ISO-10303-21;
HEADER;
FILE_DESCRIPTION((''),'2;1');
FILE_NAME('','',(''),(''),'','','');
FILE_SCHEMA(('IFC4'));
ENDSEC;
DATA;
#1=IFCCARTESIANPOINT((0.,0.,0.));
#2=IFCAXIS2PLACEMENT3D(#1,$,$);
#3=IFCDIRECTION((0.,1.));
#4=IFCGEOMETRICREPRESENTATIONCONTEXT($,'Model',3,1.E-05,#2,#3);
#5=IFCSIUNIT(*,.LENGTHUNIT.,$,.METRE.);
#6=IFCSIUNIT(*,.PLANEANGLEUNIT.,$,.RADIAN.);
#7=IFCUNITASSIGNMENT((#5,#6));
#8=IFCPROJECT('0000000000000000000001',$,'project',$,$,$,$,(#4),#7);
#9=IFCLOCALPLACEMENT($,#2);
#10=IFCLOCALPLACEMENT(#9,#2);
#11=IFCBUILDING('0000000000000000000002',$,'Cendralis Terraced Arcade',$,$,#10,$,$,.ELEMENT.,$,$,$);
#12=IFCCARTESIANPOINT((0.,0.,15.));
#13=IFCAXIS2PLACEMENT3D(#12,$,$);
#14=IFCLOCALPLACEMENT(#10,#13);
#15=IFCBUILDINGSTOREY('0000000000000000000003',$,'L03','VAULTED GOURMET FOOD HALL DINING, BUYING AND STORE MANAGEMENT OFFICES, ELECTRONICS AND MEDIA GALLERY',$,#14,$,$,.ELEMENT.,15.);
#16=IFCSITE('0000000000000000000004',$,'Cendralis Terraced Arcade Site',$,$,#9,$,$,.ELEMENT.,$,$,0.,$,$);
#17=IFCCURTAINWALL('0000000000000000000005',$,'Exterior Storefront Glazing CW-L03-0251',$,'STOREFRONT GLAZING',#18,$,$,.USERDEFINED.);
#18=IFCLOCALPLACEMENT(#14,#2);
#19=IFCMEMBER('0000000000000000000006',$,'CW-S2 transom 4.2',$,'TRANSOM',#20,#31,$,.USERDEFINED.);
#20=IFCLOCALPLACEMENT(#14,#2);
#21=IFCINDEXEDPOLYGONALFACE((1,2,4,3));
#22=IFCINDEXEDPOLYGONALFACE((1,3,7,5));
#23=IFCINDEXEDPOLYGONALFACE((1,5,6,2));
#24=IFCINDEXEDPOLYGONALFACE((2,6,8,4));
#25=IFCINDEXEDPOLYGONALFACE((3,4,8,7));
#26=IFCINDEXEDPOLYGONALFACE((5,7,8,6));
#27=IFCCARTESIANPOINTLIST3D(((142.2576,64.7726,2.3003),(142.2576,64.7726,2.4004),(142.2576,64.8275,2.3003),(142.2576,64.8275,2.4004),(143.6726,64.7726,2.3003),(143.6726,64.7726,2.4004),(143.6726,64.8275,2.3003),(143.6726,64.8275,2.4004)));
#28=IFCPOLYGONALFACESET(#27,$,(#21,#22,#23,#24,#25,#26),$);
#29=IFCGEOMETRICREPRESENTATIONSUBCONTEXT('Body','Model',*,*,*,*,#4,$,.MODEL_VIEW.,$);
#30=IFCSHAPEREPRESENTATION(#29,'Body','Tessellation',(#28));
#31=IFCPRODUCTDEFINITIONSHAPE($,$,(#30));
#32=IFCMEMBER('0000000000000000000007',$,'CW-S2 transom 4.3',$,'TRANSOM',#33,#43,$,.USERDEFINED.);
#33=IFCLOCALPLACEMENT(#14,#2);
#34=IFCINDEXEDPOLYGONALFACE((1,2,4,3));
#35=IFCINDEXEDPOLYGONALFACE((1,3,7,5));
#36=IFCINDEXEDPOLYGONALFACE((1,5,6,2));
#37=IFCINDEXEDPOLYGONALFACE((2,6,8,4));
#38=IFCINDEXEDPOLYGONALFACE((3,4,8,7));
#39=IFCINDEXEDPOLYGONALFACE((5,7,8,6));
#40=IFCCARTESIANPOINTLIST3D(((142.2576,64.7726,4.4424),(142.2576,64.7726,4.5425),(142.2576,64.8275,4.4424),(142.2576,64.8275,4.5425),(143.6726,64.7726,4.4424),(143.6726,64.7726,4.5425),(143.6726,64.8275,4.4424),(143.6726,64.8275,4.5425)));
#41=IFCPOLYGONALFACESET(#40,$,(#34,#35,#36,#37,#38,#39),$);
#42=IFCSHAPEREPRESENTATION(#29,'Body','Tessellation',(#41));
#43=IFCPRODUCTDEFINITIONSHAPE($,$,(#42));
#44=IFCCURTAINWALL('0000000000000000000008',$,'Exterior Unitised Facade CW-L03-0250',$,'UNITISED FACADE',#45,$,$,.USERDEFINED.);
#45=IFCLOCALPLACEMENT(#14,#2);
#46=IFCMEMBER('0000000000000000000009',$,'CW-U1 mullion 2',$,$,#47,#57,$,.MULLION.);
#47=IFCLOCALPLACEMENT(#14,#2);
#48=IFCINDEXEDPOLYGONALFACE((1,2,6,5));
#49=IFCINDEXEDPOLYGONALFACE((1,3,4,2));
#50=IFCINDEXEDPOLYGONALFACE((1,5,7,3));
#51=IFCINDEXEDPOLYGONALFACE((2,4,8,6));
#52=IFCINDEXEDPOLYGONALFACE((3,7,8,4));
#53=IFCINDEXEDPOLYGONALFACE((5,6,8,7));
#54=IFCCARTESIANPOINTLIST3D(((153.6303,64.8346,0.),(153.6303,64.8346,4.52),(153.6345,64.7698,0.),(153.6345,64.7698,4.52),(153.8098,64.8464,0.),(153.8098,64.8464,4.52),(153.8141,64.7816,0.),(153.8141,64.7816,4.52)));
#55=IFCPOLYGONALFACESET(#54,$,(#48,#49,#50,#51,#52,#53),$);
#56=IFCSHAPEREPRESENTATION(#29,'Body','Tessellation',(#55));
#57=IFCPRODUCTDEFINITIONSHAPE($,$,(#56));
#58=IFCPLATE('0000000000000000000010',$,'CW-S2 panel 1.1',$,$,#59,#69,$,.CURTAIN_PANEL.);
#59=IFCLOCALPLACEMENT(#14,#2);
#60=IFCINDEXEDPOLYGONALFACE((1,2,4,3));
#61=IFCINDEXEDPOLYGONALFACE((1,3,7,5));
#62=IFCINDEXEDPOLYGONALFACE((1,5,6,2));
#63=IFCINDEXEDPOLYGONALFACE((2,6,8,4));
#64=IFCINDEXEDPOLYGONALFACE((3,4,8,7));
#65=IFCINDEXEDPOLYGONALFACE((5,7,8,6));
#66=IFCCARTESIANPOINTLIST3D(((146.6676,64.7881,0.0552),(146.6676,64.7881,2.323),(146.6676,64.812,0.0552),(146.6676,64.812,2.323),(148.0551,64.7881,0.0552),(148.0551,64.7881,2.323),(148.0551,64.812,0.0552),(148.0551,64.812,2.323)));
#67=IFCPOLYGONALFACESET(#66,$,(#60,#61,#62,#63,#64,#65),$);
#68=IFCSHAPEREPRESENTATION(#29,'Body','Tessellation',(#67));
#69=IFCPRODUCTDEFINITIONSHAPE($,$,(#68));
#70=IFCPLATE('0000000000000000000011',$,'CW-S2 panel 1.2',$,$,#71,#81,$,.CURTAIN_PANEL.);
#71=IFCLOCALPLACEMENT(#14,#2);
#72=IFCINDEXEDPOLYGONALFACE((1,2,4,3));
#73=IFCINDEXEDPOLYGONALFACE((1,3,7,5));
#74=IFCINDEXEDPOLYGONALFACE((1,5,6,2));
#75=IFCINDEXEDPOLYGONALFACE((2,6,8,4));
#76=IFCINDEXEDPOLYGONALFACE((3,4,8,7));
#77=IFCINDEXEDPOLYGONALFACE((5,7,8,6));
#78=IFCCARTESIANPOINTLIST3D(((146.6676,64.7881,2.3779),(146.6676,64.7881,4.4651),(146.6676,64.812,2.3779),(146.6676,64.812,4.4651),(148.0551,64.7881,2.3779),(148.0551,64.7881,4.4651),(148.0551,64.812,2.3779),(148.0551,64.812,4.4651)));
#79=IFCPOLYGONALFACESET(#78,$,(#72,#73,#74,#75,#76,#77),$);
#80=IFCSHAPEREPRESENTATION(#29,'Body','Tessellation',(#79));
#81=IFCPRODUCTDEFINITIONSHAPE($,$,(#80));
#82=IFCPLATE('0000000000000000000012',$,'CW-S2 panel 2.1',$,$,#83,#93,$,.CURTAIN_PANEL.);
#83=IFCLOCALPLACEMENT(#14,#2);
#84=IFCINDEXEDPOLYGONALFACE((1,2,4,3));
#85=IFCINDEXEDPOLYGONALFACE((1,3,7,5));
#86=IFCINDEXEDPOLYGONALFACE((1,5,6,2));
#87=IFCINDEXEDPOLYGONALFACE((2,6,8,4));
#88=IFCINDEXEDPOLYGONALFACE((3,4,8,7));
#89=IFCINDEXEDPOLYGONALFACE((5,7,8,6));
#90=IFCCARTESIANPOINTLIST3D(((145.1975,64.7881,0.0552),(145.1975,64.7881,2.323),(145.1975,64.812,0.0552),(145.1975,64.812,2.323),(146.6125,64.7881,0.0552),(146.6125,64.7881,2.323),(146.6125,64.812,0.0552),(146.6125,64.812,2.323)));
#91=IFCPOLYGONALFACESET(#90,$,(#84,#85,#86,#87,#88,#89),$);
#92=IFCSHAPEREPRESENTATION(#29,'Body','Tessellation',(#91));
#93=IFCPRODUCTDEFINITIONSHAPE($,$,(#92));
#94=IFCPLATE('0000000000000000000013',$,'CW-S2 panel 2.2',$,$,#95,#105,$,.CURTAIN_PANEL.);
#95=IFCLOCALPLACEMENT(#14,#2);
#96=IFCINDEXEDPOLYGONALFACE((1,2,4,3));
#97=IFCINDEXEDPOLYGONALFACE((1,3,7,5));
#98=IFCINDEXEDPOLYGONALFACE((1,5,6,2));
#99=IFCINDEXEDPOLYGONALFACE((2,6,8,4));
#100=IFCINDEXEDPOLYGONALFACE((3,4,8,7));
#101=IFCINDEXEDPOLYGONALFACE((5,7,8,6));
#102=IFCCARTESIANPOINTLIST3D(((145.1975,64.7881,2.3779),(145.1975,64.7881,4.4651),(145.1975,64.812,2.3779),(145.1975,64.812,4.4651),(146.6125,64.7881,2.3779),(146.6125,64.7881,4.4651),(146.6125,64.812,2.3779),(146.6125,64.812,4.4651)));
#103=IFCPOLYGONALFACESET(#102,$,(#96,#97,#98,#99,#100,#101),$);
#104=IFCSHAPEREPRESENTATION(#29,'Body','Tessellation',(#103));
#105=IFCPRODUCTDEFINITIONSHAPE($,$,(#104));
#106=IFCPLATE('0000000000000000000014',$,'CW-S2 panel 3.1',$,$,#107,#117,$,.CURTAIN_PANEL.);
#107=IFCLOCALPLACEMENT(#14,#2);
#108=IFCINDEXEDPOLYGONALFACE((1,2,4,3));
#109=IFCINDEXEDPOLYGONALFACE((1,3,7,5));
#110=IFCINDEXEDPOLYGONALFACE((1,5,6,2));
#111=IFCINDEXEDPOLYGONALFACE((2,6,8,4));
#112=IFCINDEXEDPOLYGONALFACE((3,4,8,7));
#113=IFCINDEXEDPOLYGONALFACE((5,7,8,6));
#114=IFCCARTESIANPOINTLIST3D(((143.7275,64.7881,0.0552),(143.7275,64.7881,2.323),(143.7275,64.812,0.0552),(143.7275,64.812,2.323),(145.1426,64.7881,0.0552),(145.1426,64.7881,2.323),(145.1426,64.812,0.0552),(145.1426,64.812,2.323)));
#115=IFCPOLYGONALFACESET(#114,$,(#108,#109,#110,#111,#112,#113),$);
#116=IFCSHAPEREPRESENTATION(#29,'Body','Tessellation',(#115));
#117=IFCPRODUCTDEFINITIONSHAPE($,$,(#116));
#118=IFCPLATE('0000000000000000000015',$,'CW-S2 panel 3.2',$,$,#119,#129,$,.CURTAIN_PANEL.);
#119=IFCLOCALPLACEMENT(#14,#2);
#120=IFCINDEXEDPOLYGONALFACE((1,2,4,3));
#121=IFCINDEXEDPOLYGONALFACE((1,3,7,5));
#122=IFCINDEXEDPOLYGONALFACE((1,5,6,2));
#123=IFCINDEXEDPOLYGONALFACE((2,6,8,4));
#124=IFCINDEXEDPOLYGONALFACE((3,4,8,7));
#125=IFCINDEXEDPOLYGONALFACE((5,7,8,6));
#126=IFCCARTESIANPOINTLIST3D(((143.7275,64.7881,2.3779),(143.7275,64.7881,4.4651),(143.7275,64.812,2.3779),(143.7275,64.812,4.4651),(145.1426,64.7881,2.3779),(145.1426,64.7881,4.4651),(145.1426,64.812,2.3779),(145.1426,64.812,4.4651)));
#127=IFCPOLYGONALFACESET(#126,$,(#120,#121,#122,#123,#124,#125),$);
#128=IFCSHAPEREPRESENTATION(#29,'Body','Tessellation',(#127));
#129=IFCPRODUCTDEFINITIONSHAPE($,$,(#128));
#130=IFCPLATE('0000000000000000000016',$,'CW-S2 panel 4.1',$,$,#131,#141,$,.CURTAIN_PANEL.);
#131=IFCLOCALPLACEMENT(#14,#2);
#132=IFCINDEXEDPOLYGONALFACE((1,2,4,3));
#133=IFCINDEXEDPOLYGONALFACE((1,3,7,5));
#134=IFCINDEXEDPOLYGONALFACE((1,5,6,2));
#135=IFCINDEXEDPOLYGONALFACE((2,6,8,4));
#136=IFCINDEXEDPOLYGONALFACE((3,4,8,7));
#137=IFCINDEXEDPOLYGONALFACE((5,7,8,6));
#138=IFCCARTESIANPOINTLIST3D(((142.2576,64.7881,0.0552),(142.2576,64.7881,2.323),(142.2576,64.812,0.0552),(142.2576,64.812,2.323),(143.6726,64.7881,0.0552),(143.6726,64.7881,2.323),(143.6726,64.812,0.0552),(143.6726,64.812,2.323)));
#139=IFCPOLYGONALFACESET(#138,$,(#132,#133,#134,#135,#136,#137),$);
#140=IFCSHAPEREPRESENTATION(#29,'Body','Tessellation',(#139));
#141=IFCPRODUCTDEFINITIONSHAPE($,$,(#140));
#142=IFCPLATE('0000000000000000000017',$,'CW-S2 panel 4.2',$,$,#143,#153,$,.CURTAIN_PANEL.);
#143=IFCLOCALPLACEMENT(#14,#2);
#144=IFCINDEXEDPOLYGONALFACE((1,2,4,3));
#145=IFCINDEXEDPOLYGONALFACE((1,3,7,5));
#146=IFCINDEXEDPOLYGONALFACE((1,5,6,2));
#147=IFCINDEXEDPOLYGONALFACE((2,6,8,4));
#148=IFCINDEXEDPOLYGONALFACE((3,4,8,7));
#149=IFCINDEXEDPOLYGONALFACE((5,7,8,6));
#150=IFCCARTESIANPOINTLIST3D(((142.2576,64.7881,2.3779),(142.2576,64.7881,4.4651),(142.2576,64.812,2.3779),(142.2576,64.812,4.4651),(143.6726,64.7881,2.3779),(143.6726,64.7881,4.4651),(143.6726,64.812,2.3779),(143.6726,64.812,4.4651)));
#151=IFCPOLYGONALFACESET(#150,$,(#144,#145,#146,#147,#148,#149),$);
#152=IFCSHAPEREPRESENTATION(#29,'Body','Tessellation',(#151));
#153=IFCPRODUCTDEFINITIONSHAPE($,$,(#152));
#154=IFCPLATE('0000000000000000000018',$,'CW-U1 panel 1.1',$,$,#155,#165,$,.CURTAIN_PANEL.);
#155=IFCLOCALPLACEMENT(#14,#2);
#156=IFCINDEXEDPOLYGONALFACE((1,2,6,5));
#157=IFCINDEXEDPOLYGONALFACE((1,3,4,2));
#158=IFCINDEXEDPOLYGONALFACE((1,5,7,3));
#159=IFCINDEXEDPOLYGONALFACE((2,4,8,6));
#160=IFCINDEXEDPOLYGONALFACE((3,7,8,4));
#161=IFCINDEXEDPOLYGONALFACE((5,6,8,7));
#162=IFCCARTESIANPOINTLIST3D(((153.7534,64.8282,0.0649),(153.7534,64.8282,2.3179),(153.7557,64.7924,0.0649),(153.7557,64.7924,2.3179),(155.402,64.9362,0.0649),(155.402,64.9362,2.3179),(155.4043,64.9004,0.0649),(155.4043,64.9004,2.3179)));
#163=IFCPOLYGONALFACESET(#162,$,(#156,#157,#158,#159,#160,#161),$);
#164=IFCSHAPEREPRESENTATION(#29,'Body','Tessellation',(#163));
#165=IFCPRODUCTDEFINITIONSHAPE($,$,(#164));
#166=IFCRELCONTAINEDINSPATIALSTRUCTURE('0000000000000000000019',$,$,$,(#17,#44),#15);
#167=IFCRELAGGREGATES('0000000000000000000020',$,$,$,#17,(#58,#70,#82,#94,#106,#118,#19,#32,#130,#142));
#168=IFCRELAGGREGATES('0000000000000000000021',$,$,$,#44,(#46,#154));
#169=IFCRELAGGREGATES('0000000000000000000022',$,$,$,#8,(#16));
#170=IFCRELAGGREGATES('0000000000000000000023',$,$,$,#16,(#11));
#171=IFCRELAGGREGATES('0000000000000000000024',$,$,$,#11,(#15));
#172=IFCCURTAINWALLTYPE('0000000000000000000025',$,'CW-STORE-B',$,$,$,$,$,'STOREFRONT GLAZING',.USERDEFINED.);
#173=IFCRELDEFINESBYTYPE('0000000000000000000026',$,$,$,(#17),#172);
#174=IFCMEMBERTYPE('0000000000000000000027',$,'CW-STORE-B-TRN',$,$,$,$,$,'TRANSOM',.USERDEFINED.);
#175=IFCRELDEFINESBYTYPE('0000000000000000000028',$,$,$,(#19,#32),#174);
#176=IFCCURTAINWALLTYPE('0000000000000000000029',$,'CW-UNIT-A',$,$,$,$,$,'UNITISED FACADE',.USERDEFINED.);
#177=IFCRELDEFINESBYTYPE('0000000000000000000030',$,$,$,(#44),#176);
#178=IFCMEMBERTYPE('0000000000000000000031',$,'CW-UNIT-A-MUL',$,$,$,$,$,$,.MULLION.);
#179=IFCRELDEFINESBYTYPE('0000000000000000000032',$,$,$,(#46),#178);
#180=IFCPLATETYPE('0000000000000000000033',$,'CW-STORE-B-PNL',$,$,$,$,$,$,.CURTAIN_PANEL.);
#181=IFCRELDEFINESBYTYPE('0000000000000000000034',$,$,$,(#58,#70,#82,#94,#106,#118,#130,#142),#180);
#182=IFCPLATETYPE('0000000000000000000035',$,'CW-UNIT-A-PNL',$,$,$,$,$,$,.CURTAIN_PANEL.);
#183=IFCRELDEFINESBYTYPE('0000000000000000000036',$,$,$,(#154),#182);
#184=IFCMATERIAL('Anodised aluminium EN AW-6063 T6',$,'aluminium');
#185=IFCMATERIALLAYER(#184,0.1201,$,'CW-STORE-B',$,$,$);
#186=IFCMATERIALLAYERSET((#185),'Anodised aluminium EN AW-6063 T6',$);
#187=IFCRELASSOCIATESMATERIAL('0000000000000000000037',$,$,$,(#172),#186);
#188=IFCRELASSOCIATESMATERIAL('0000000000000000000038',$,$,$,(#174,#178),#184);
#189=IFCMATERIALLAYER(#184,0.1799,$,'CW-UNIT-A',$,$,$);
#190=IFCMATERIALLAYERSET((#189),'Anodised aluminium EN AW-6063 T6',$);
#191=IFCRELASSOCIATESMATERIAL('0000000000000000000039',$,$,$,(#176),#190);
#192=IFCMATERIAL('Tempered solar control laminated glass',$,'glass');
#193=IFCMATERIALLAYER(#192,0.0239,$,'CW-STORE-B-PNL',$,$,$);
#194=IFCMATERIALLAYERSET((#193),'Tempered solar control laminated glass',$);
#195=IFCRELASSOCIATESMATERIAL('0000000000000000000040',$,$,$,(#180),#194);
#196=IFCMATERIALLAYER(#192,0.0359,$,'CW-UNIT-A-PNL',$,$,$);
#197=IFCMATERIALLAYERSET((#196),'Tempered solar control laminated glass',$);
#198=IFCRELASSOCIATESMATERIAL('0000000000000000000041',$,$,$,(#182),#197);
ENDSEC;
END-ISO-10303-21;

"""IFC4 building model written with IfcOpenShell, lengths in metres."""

from ifc_helpers import new_model, si_unit, direction, frame, origin, origin_2d, place, context, subcontext, project, spatial, rectangle, extrude, material, layer, layer_set, material_profile, profile_set, type_object, element, aggregate, save


model = new_model("IFC4")

# Units and contexts
model_context = context("Model", 3, precision=1e-05, world=origin(), true_north=direction((0.0, 1.0)))
body_context = subcontext(model_context, "Body", "Model", "MODEL_VIEW")
ifc_project = project(units=[si_unit("LENGTHUNIT", "METRE"), si_unit("PLANEANGLEUNIT", "RADIAN")], contexts=[model_context])

# Site, building, storey
site_placement = place(None, origin())
site = spatial("IfcSite", under=ifc_project, at=site_placement, Name="Cendralis Terraced Arcade Site", CompositionType="ELEMENT", RefElevation=0.0)
building_placement = place(site_placement, origin())
building = spatial("IfcBuilding", under=site, at=building_placement, Name="Cendralis Terraced Arcade", CompositionType="ELEMENT")
storey_placement = place(building_placement, frame((0.0, 0.0, 15.0)))
storey = spatial("IfcBuildingStorey", under=building, at=storey_placement, Name="L03", Description="VAULTED GOURMET FOOD HALL DINING, BUYING AND STORE MANAGEMENT OFFICES, ELECTRONICS AND MEDIA GALLERY", CompositionType="ELEMENT", Elevation=15.0)

# Curtain wall, members
ifc_material_1 = material(Name="Anodised aluminium EN AW-6063 T6", Category="aluminium")
ifc_layer_1 = layer(ifc_material_1, 0.1201, Name="CW-STORE-B")
ifc_layer_set_1 = layer_set([ifc_layer_1], Name="Anodised aluminium EN AW-6063 T6")
curtain_wall_type_1 = type_object("IfcCurtainWallType", Name="CW-STORE-B", ElementType="STOREFRONT GLAZING", PredefinedType="USERDEFINED", material=ifc_layer_set_1)
curtain_wall_1_placement = place(storey_placement, origin())
curtain_wall_1 = element("IfcCurtainWall", 1, at=curtain_wall_1_placement, inside=storey, type_object=curtain_wall_type_1, Name="Exterior Storefront Glazing CW-L03-0251", ObjectType="STOREFRONT GLAZING", PredefinedType="USERDEFINED")
ifc_material_profile_1 = material_profile(ifc_material_1, rectangle(XDim=0.0549, YDim=0.1001, at=origin_2d()), Name="ALU-TRN-55x100")
ifc_profile_set_1 = profile_set([ifc_material_profile_1], Name="Anodised aluminium EN AW-6063 T6")
member_type_1 = type_object("IfcMemberType", Name="CW-STORE-B-TRN", ElementType="TRANSOM", PredefinedType="USERDEFINED", material=ifc_profile_set_1)
member_1_placement = place(storey_placement, frame((143.6726, 64.8, 2.3503), z_axis=(-1.0, 0.0, 0.0), x_axis=(0.0, -1.0, 0.0)))
member_1 = element("IfcMember", 2, at=member_1_placement, type_object=member_type_1, Name="CW-S2 transom 4.2", ObjectType="TRANSOM", PredefinedType="USERDEFINED", context=body_context, shape_type="SweptSolid", body=[
    extrude(rectangle(XDim=0.0549, YDim=0.1001, at=origin_2d()), origin(), (0.0, 0.0, 1.0), 1.415),
])
member_2_placement = place(storey_placement, frame((143.6726, 64.8, 4.4924), z_axis=(-1.0, 0.0, 0.0), x_axis=(0.0, -1.0, 0.0)))
member_2 = element("IfcMember", 3, at=member_2_placement, type_object=member_type_1, Name="CW-S2 transom 4.3", ObjectType="TRANSOM", PredefinedType="USERDEFINED", context=body_context, shape_type="SweptSolid", body=[
    extrude(rectangle(XDim=0.0549, YDim=0.1001, at=origin_2d()), origin(), (0.0, 0.0, 1.0), 1.415),
])

# Curtain wall, member
ifc_layer_2 = layer(ifc_material_1, 0.1799, Name="CW-UNIT-A")
ifc_layer_set_2 = layer_set([ifc_layer_2], Name="Anodised aluminium EN AW-6063 T6")
curtain_wall_type_2 = type_object("IfcCurtainWallType", Name="CW-UNIT-A", ElementType="UNITISED FACADE", PredefinedType="USERDEFINED", material=ifc_layer_set_2)
curtain_wall_2_placement = place(storey_placement, origin())
curtain_wall_2 = element("IfcCurtainWall", 4, at=curtain_wall_2_placement, inside=storey, type_object=curtain_wall_type_2, Name="Exterior Unitised Facade CW-L03-0250", ObjectType="UNITISED FACADE", PredefinedType="USERDEFINED")
ifc_material_profile_2 = material_profile(ifc_material_1, rectangle(XDim=0.0649, YDim=0.1799, at=origin_2d()), Name="ALU-MUL-65x180")
ifc_profile_set_2 = profile_set([ifc_material_profile_2], Name="Anodised aluminium EN AW-6063 T6")
member_type_2 = type_object("IfcMemberType", Name="CW-UNIT-A-MUL", PredefinedType="MULLION", material=ifc_profile_set_2)
member_3_placement = place(storey_placement, frame((153.7222, 64.8081, 0.0), z_axis=(0.0, 0.0, 1.0), x_axis=(0.065372, -0.997861, 0.0)))
member_3 = element("IfcMember", 5, at=member_3_placement, type_object=member_type_2, Name="CW-U1 mullion 2", PredefinedType="MULLION", context=body_context, shape_type="SweptSolid", body=[
    extrude(rectangle(XDim=0.0649, YDim=0.1799, at=origin_2d()), origin(), (0.0, 0.0, 1.0), 4.52),
])

# Plates
ifc_material_2 = material(Name="Tempered solar control laminated glass", Category="glass")
ifc_layer_3 = layer(ifc_material_2, 0.0239, Name="CW-STORE-B-PNL")
ifc_layer_set_3 = layer_set([ifc_layer_3], Name="Tempered solar control laminated glass")
plate_type_1 = type_object("IfcPlateType", Name="CW-STORE-B-PNL", PredefinedType="CURTAIN_PANEL", material=ifc_layer_set_3)
plate_1_placement = place(storey_placement, frame((147.3613, 64.8, 0.0552), z_axis=(0.0, 0.0, 1.0), x_axis=(-1.0, 0.0, 0.0)))
plate_1 = element("IfcPlate", 6, at=plate_1_placement, type_object=plate_type_1, Name="CW-S2 panel 1.1", PredefinedType="CURTAIN_PANEL", context=body_context, shape_type="SweptSolid", body=[
    extrude(rectangle(XDim=1.3875, YDim=0.0239, at=origin_2d()), origin(), (0.0, 0.0, 1.0), 2.2678),
])
plate_2_placement = place(storey_placement, frame((147.3613, 64.8, 2.3779), z_axis=(0.0, 0.0, 1.0), x_axis=(-1.0, 0.0, 0.0)))
plate_2 = element("IfcPlate", 7, at=plate_2_placement, type_object=plate_type_1, Name="CW-S2 panel 1.2", PredefinedType="CURTAIN_PANEL", context=body_context, shape_type="SweptSolid", body=[
    extrude(rectangle(XDim=1.3875, YDim=0.0239, at=origin_2d()), origin(), (0.0, 0.0, 1.0), 2.0872),
])
plate_3_placement = place(storey_placement, frame((145.905, 64.8, 0.0552), z_axis=(0.0, 0.0, 1.0), x_axis=(-1.0, 0.0, 0.0)))
plate_3 = element("IfcPlate", 8, at=plate_3_placement, type_object=plate_type_1, Name="CW-S2 panel 2.1", PredefinedType="CURTAIN_PANEL", context=body_context, shape_type="SweptSolid", body=[
    extrude(rectangle(XDim=1.415, YDim=0.0239, at=origin_2d()), origin(), (0.0, 0.0, 1.0), 2.2678),
])
plate_4_placement = place(storey_placement, frame((145.905, 64.8, 2.3779), z_axis=(0.0, 0.0, 1.0), x_axis=(-1.0, 0.0, 0.0)))
plate_4 = element("IfcPlate", 9, at=plate_4_placement, type_object=plate_type_1, Name="CW-S2 panel 2.2", PredefinedType="CURTAIN_PANEL", context=body_context, shape_type="SweptSolid", body=[
    extrude(rectangle(XDim=1.415, YDim=0.0239, at=origin_2d()), origin(), (0.0, 0.0, 1.0), 2.0872),
])
plate_5_placement = place(storey_placement, frame((144.4351, 64.8, 0.0552), z_axis=(0.0, 0.0, 1.0), x_axis=(-1.0, 0.0, 0.0)))
plate_5 = element("IfcPlate", 10, at=plate_5_placement, type_object=plate_type_1, Name="CW-S2 panel 3.1", PredefinedType="CURTAIN_PANEL", context=body_context, shape_type="SweptSolid", body=[
    extrude(rectangle(XDim=1.415, YDim=0.0239, at=origin_2d()), origin(), (0.0, 0.0, 1.0), 2.2678),
])
plate_6_placement = place(storey_placement, frame((144.4351, 64.8, 2.3779), z_axis=(0.0, 0.0, 1.0), x_axis=(-1.0, 0.0, 0.0)))
plate_6 = element("IfcPlate", 11, at=plate_6_placement, type_object=plate_type_1, Name="CW-S2 panel 3.2", PredefinedType="CURTAIN_PANEL", context=body_context, shape_type="SweptSolid", body=[
    extrude(rectangle(XDim=1.415, YDim=0.0239, at=origin_2d()), origin(), (0.0, 0.0, 1.0), 2.0872),
])
plate_7_placement = place(storey_placement, frame((142.9651, 64.8, 0.0552), z_axis=(0.0, 0.0, 1.0), x_axis=(-1.0, 0.0, 0.0)))
plate_7 = element("IfcPlate", 12, at=plate_7_placement, type_object=plate_type_1, Name="CW-S2 panel 4.1", PredefinedType="CURTAIN_PANEL", context=body_context, shape_type="SweptSolid", body=[
    extrude(rectangle(XDim=1.415, YDim=0.0239, at=origin_2d()), origin(), (0.0, 0.0, 1.0), 2.2678),
])
plate_8_placement = place(storey_placement, frame((142.9651, 64.8, 2.3779), z_axis=(0.0, 0.0, 1.0), x_axis=(-1.0, 0.0, 0.0)))
plate_8 = element("IfcPlate", 13, at=plate_8_placement, type_object=plate_type_1, Name="CW-S2 panel 4.2", PredefinedType="CURTAIN_PANEL", context=body_context, shape_type="SweptSolid", body=[
    extrude(rectangle(XDim=1.415, YDim=0.0239, at=origin_2d()), origin(), (0.0, 0.0, 1.0), 2.0872),
])
aggregate(curtain_wall_1, [plate_1, plate_2, plate_3, plate_4, plate_5, plate_6, member_1, member_2, plate_7, plate_8])
ifc_layer_4 = layer(ifc_material_2, 0.0359, Name="CW-UNIT-A-PNL")
ifc_layer_set_4 = layer_set([ifc_layer_4], Name="Tempered solar control laminated glass")
plate_type_2 = type_object("IfcPlateType", Name="CW-UNIT-A-PNL", PredefinedType="CURTAIN_PANEL", material=ifc_layer_set_4)
plate_9_placement = place(storey_placement, frame((154.5789, 64.8643, 0.0649), z_axis=(0.0, 0.0, 1.0), x_axis=(-0.997861, -0.065372, 0.0)))
plate_9 = element("IfcPlate", 14, at=plate_9_placement, type_object=plate_type_2, Name="CW-U1 panel 1.1", PredefinedType="CURTAIN_PANEL", context=body_context, shape_type="SweptSolid", body=[
    extrude(rectangle(XDim=1.6521, YDim=0.0359, at=origin_2d()), origin(), (0.0, 0.0, 1.0), 2.2529),
])
aggregate(curtain_wall_2, [member_3, plate_9])

save(model, "model.ifc")
